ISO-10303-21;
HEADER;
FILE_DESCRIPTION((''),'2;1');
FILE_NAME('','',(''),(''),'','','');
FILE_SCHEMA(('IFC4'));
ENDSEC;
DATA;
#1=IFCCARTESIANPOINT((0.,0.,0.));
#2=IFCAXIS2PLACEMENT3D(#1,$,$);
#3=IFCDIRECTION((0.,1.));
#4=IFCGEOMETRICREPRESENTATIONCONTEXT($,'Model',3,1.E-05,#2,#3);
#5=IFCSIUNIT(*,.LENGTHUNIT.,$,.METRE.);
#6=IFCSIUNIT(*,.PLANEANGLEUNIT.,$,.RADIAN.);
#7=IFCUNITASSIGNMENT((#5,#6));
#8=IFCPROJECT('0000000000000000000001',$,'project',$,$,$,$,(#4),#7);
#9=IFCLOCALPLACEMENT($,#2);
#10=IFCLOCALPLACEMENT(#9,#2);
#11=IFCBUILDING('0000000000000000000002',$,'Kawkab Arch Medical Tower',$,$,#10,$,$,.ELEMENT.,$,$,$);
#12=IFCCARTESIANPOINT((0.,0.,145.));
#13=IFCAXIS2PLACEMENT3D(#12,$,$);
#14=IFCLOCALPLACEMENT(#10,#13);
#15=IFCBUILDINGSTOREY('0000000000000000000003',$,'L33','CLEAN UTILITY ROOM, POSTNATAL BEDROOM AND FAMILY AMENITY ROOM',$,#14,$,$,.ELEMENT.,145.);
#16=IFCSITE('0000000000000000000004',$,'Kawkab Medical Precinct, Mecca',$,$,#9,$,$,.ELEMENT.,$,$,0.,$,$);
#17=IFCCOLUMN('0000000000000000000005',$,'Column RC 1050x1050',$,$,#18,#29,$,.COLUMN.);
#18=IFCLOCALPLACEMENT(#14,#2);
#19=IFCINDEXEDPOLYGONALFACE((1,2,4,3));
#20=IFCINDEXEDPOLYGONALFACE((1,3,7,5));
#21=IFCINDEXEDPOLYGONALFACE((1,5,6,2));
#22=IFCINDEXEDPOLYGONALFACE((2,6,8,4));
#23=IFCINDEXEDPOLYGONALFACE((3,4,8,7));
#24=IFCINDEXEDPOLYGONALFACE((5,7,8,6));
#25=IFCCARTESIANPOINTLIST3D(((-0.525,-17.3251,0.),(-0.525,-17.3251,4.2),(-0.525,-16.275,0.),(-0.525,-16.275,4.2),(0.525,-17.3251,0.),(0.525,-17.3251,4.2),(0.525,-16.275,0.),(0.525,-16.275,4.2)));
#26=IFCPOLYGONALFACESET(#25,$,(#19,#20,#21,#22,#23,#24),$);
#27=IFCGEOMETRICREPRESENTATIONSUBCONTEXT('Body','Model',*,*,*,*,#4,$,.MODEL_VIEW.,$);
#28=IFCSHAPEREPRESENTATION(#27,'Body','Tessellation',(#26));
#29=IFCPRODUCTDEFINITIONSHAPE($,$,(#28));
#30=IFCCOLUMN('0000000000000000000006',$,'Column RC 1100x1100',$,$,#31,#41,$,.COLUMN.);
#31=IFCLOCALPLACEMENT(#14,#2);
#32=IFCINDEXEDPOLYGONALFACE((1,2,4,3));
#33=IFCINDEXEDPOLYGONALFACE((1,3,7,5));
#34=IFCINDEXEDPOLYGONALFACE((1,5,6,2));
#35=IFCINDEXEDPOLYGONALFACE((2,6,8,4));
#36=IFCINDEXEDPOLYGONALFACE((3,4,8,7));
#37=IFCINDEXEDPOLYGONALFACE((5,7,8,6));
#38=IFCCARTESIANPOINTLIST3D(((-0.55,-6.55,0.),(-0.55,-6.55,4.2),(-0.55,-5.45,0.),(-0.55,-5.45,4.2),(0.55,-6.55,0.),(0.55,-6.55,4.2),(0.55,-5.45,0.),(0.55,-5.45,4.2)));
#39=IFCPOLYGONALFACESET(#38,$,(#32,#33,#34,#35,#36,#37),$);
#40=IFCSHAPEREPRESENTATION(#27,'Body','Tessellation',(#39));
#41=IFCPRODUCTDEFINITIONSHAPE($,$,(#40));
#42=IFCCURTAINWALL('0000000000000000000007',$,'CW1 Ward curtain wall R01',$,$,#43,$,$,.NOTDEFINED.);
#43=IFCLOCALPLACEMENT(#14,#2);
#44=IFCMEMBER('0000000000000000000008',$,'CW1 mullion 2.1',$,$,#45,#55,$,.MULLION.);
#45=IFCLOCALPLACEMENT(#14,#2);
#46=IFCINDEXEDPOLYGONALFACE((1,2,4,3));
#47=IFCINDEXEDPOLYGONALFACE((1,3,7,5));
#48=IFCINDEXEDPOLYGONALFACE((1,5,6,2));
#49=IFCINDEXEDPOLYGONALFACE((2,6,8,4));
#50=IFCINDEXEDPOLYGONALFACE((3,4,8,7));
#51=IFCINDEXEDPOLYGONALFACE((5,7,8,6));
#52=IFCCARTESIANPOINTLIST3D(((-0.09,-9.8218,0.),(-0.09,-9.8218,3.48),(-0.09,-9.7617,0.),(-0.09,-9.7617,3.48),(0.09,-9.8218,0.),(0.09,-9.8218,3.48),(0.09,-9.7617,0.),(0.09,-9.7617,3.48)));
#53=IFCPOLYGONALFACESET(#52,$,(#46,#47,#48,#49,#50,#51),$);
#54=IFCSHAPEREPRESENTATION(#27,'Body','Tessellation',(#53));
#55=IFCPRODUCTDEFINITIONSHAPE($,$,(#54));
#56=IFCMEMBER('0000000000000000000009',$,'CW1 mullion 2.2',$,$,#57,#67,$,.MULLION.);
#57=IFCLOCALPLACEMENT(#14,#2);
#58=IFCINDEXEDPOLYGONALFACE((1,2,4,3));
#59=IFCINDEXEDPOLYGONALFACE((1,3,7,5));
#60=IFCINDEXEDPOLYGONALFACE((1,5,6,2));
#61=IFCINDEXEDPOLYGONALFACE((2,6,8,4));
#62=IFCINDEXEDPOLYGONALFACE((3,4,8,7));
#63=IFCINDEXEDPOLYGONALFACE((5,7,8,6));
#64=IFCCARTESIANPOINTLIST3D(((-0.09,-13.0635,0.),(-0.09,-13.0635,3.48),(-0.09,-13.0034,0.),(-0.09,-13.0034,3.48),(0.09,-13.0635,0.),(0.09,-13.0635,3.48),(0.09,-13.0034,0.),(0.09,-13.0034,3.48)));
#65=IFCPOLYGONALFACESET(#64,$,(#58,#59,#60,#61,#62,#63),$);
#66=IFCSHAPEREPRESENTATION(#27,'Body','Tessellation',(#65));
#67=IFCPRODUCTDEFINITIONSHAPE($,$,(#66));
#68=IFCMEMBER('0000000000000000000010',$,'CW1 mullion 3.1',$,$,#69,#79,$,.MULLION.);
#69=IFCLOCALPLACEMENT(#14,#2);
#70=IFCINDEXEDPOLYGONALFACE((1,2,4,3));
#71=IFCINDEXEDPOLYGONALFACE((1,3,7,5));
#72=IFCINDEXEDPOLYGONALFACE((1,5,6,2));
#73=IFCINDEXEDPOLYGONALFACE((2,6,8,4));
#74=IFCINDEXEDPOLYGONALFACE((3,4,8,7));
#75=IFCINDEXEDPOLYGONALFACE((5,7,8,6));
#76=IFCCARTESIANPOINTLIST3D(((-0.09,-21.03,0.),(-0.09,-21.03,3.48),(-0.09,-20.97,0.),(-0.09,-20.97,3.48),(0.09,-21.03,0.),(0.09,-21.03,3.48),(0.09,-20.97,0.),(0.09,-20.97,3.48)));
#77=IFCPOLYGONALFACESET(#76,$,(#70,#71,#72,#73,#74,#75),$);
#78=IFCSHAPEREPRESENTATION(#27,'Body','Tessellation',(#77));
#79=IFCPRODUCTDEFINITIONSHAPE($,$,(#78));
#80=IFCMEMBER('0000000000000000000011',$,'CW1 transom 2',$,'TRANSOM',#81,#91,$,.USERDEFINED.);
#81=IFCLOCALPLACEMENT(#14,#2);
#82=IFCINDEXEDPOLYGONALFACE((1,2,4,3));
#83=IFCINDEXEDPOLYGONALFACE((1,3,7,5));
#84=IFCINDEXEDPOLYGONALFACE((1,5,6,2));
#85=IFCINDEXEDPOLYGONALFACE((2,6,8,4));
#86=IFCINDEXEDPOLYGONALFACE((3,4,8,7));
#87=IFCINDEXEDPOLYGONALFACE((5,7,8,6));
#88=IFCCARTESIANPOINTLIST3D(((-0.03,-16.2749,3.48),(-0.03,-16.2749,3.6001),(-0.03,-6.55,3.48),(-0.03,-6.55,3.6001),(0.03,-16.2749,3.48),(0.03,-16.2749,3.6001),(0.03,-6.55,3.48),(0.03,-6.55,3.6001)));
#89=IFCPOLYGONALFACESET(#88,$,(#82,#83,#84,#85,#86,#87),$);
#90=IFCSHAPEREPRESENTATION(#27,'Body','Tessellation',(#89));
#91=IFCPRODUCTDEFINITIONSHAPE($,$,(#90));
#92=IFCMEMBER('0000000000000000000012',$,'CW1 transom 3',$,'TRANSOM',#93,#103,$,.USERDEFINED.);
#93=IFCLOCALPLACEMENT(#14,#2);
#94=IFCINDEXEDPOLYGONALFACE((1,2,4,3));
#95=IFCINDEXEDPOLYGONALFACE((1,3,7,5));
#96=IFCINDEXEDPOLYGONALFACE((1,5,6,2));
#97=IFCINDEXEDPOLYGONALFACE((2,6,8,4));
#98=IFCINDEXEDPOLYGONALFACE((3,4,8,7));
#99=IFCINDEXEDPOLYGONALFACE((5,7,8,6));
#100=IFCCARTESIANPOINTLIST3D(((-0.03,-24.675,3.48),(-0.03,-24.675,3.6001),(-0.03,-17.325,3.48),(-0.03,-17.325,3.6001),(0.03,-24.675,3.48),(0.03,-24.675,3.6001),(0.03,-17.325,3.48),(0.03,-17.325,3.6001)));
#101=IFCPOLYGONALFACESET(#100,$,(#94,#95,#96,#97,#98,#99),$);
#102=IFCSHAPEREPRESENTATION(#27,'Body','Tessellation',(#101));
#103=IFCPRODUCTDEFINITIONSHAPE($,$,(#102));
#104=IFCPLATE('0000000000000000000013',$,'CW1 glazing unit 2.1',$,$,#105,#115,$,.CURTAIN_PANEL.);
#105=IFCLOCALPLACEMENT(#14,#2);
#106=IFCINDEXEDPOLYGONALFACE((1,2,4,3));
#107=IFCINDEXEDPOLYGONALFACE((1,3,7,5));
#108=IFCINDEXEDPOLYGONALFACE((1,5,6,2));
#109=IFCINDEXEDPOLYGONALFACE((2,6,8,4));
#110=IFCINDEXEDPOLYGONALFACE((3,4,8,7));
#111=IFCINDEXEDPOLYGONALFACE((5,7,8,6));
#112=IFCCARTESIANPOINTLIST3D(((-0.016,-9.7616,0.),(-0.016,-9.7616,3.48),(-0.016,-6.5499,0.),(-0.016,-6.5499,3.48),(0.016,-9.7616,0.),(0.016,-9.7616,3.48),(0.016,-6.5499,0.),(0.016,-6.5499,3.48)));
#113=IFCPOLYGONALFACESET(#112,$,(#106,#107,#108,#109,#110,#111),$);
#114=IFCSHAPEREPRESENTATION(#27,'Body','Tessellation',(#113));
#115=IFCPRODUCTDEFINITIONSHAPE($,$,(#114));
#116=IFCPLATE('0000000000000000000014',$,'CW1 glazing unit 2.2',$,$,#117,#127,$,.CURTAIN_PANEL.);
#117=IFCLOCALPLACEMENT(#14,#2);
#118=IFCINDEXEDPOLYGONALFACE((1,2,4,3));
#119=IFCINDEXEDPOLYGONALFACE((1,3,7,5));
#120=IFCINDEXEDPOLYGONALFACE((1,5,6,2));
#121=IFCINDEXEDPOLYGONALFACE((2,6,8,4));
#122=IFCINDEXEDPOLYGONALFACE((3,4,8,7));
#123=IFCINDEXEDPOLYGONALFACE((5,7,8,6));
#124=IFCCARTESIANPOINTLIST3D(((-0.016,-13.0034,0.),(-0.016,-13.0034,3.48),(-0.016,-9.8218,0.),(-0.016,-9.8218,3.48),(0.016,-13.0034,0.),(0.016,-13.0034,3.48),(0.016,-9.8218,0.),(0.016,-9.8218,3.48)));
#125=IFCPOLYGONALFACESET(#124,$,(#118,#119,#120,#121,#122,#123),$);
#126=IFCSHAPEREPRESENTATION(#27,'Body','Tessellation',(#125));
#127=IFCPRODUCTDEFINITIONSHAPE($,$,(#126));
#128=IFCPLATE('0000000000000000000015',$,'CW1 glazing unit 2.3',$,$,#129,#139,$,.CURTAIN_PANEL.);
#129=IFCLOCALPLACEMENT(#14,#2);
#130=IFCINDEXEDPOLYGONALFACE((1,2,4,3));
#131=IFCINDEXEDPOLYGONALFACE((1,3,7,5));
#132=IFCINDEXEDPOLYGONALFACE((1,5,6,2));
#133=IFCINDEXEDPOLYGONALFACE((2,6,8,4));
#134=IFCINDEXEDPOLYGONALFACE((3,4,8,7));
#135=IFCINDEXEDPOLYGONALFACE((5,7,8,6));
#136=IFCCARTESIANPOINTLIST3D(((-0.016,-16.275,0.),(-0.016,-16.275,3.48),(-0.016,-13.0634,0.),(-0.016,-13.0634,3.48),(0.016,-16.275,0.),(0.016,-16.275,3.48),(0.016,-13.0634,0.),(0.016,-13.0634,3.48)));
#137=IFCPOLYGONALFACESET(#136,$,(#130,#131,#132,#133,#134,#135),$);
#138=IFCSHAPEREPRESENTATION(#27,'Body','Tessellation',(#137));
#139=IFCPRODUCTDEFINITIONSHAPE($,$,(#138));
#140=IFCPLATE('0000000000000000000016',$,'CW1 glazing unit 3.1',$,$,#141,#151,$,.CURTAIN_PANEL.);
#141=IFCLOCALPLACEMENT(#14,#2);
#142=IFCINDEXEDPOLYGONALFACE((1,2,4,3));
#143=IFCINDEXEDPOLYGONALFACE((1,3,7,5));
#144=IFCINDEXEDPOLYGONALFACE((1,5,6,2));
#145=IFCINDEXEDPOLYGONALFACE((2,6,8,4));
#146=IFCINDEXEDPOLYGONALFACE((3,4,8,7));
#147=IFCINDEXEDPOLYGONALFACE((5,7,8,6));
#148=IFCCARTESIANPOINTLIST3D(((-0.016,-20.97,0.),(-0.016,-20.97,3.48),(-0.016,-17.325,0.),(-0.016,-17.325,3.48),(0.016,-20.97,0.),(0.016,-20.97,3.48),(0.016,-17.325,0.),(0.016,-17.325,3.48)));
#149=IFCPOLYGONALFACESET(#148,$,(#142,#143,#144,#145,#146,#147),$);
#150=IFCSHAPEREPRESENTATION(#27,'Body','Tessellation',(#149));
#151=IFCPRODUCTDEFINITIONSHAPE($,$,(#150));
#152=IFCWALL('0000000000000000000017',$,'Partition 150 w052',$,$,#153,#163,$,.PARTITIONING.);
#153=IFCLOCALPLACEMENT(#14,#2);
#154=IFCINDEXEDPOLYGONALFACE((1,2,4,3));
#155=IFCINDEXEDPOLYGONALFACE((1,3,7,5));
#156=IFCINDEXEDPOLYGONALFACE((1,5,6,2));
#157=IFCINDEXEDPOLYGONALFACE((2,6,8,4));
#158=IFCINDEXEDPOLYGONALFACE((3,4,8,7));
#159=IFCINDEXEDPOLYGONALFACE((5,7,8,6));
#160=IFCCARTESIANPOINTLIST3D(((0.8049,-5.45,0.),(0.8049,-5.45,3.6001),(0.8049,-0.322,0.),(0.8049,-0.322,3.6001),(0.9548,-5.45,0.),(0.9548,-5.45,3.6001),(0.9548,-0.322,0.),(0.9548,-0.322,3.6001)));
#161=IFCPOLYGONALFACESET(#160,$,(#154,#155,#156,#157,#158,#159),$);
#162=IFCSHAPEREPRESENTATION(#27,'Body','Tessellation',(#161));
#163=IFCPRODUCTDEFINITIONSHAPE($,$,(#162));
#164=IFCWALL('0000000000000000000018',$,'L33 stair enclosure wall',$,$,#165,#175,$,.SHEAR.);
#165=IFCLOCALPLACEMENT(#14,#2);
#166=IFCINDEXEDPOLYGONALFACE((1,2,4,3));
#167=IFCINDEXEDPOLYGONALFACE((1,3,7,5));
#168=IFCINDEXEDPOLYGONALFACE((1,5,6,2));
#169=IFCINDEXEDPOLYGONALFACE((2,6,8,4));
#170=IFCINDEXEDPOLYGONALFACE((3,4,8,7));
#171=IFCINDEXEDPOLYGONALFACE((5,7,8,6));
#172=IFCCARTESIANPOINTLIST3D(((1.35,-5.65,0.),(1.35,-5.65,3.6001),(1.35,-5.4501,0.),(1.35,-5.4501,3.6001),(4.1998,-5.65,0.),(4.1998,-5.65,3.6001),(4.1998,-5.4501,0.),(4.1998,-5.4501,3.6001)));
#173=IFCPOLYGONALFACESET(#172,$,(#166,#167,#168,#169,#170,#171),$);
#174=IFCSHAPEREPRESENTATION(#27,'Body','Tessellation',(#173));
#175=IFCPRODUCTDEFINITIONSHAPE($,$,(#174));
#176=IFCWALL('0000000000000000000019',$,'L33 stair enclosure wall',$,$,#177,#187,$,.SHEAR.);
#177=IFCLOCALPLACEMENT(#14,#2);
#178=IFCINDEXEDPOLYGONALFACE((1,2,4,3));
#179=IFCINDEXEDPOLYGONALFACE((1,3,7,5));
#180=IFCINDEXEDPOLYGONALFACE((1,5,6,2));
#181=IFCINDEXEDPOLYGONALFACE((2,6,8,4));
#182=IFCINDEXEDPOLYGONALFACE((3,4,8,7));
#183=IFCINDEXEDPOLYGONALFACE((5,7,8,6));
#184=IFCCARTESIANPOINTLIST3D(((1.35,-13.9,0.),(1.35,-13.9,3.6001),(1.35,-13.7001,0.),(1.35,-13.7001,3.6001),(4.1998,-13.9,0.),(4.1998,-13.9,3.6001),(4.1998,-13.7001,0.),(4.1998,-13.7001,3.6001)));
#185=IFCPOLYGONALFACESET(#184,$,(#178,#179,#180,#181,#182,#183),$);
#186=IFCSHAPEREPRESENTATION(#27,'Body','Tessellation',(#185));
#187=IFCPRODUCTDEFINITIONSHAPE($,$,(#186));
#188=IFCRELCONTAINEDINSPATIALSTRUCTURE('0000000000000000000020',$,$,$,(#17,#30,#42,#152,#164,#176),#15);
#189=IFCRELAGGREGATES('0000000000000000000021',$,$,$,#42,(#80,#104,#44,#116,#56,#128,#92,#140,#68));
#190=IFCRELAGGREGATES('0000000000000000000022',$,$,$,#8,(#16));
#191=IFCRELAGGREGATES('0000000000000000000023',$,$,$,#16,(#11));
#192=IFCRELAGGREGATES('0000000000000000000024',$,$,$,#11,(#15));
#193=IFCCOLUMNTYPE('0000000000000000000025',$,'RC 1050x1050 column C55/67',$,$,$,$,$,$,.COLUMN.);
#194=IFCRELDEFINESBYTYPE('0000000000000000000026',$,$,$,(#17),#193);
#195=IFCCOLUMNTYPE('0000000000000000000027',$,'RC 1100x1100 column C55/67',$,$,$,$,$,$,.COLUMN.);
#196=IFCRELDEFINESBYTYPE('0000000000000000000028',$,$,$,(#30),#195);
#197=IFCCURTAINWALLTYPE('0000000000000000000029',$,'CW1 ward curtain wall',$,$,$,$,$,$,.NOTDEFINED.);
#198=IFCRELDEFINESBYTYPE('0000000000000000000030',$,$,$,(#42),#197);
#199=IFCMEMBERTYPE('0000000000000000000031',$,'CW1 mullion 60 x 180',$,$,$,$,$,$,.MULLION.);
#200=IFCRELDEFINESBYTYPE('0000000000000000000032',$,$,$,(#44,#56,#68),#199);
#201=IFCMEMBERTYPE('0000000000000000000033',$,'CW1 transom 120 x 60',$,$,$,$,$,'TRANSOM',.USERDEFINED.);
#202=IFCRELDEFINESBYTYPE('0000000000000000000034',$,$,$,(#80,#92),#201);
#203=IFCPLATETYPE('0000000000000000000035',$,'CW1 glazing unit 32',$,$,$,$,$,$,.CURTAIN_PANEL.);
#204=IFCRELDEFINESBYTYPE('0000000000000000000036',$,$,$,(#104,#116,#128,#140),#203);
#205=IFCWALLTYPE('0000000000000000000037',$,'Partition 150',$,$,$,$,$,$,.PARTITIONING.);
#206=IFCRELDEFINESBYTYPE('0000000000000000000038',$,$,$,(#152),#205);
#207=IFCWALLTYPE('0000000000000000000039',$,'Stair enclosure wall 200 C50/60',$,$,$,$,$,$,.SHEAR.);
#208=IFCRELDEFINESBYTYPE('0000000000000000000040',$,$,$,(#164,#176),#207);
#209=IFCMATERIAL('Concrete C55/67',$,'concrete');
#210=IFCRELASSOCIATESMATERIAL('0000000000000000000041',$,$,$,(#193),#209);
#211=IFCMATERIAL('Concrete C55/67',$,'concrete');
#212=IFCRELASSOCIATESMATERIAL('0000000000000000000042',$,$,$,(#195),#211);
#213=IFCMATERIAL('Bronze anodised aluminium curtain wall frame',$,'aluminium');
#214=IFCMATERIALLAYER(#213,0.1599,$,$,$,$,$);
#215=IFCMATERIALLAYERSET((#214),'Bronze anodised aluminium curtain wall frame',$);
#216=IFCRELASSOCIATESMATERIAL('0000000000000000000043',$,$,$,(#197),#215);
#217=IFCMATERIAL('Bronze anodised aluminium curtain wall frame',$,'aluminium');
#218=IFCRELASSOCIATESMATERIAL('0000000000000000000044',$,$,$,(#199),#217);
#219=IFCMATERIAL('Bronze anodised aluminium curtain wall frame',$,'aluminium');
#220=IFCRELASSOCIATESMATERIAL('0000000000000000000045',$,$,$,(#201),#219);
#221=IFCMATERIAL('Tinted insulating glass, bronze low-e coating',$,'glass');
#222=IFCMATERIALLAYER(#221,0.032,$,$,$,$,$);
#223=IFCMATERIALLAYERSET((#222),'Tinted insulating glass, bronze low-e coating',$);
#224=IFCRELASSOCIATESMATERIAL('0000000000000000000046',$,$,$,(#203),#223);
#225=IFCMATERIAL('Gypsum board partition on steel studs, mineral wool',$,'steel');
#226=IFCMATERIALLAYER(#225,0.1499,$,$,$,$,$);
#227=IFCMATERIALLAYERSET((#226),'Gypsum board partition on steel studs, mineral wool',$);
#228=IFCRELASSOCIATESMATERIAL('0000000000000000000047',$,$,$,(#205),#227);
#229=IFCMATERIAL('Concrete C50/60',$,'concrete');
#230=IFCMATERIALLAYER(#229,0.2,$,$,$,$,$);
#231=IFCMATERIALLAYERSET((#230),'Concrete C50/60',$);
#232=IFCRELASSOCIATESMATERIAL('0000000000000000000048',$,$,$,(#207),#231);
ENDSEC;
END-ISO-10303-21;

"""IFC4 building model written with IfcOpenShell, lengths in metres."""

from ifc_helpers import new_model, si_unit, direction, frame, frame_2d, origin, origin_2d, place, context, subcontext, project, spatial, rectangle, extrude, material, layer, layer_set, material_profile, profile_set, type_object, element, aggregate, save


model = new_model("IFC4")

# Units and contexts
model_context = context("Model", 3, precision=1e-05, world=origin(), true_north=direction((0.0, 1.0)))
body_context = subcontext(model_context, "Body", "Model", "MODEL_VIEW")
ifc_project = project(units=[si_unit("LENGTHUNIT", "METRE"), si_unit("PLANEANGLEUNIT", "RADIAN")], contexts=[model_context])

# Site, building, storey
site_placement = place(None, origin())
site = spatial("IfcSite", under=ifc_project, at=site_placement, Name="Kawkab Medical Precinct, Mecca", CompositionType="ELEMENT", RefElevation=0.0)
building_placement = place(site_placement, origin())
building = spatial("IfcBuilding", under=site, at=building_placement, Name="Kawkab Arch Medical Tower", CompositionType="ELEMENT")
storey_placement = place(building_placement, frame((0.0, 0.0, 145.0)))
storey = spatial("IfcBuildingStorey", under=building, at=storey_placement, Name="L33", Description="CLEAN UTILITY ROOM, POSTNATAL BEDROOM AND FAMILY AMENITY ROOM", CompositionType="ELEMENT", Elevation=145.0)

# Columns
ifc_material_1 = material(Name="Concrete C55/67", Category="concrete")
ifc_material_profile_1 = material_profile(ifc_material_1, rectangle(XDim=1.05, YDim=1.05, at=origin_2d()), Name="RC 1050x1050")
ifc_profile_set_1 = profile_set([ifc_material_profile_1], Name="Concrete C55/67")
column_type_1 = type_object("IfcColumnType", Name="RC 1050x1050 column C55/67", PredefinedType="COLUMN", material=ifc_profile_set_1)
column_1_placement = place(storey_placement, frame((0.0, -16.8, 0.0), z_axis=(0.0, 0.0, 1.0), x_axis=(1.0, 0.0, 0.0)))
element("IfcColumn", 1, at=column_1_placement, inside=storey, type_object=column_type_1, Name="Column RC 1050x1050", PredefinedType="COLUMN", context=body_context, shape_type="SweptSolid", body=[
    extrude(rectangle(XDim=1.05, YDim=1.05, at=origin_2d()), origin(), (0.0, 0.0, 1.0), 4.2),
])
ifc_material_2 = material(Name="Concrete C55/67", Category="concrete")
ifc_material_profile_2 = material_profile(ifc_material_2, rectangle(XDim=1.1001, YDim=1.1001, at=origin_2d()), Name="RC 1100x1100")
ifc_profile_set_2 = profile_set([ifc_material_profile_2], Name="Concrete C55/67")
column_type_2 = type_object("IfcColumnType", Name="RC 1100x1100 column C55/67", PredefinedType="COLUMN", material=ifc_profile_set_2)
column_2_placement = place(storey_placement, frame((0.0, -6.0, 0.0), z_axis=(0.0, 0.0, 1.0), x_axis=(1.0, 0.0, 0.0)))
element("IfcColumn", 2, at=column_2_placement, inside=storey, type_object=column_type_2, Name="Column RC 1100x1100", PredefinedType="COLUMN", context=body_context, shape_type="SweptSolid", body=[
    extrude(rectangle(XDim=1.1001, YDim=1.1001, at=origin_2d()), origin(), (0.0, 0.0, 1.0), 4.2),
])

# Curtain wall, members, plates
ifc_material_3 = material(Name="Bronze anodised aluminium curtain wall frame", Category="aluminium")
ifc_layer_1 = layer(ifc_material_3, 0.1599)
ifc_layer_set_1 = layer_set([ifc_layer_1], Name="Bronze anodised aluminium curtain wall frame")
curtain_wall_type = type_object("IfcCurtainWallType", Name="CW1 ward curtain wall", PredefinedType="NOTDEFINED", material=ifc_layer_set_1)
placement = place(storey_placement, origin())
curtain_wall = element("IfcCurtainWall", 3, at=placement, inside=storey, type_object=curtain_wall_type, Name="CW1 Ward curtain wall R01", PredefinedType="NOTDEFINED")
ifc_material_4 = material(Name="Bronze anodised aluminium curtain wall frame", Category="aluminium")
ifc_material_profile_3 = material_profile(ifc_material_4, rectangle(XDim=0.1799, YDim=0.0601, at=origin_2d()), Name="AL 60x180")
ifc_profile_set_3 = profile_set([ifc_material_profile_3], Name="Bronze anodised aluminium curtain wall frame")
member_type_1 = type_object("IfcMemberType", Name="CW1 mullion 60 x 180", PredefinedType="MULLION", material=ifc_profile_set_3)
member_1_placement = place(storey_placement, frame((0.0, -9.7917, 0.0), z_axis=(0.0, 0.0, 1.0), x_axis=(1.0, 0.0, 0.0)))
member_1 = element("IfcMember", 4, at=member_1_placement, type_object=member_type_1, Name="CW1 mullion 2.1", PredefinedType="MULLION", context=body_context, shape_type="SweptSolid", body=[
    extrude(rectangle(XDim=0.1799, YDim=0.0601, at=origin_2d()), origin(), (0.0, 0.0, 1.0), 3.48),
])
member_2_placement = place(storey_placement, frame((0.0, -13.0334, 0.0), z_axis=(0.0, 0.0, 1.0), x_axis=(1.0, 0.0, 0.0)))
member_2 = element("IfcMember", 5, at=member_2_placement, type_object=member_type_1, Name="CW1 mullion 2.2", PredefinedType="MULLION", context=body_context, shape_type="SweptSolid", body=[
    extrude(rectangle(XDim=0.1799, YDim=0.0601, at=origin_2d()), origin(), (0.0, 0.0, 1.0), 3.48),
])
member_3_placement = place(storey_placement, frame((0.0, -21.0, 0.0), z_axis=(0.0, 0.0, 1.0), x_axis=(1.0, 0.0, 0.0)))
member_3 = element("IfcMember", 6, at=member_3_placement, type_object=member_type_1, Name="CW1 mullion 3.1", PredefinedType="MULLION", context=body_context, shape_type="SweptSolid", body=[
    extrude(rectangle(XDim=0.1799, YDim=0.0601, at=origin_2d()), origin(), (0.0, 0.0, 1.0), 3.48),
])
ifc_material_5 = material(Name="Bronze anodised aluminium curtain wall frame", Category="aluminium")
ifc_material_profile_4 = material_profile(ifc_material_5, rectangle(XDim=0.0601, YDim=0.1201, at=origin_2d()), Name="AL 60x120")
ifc_profile_set_4 = profile_set([ifc_material_profile_4], Name="Bronze anodised aluminium curtain wall frame")
member_type_2 = type_object("IfcMemberType", Name="CW1 transom 120 x 60", ElementType="TRANSOM", PredefinedType="USERDEFINED", material=ifc_profile_set_4)
member_4_placement = place(storey_placement, frame((0.0, -6.55, 3.54), z_axis=(0.0, -1.0, 0.0), x_axis=(1.0, 0.0, 0.0)))
member_4 = element("IfcMember", 7, at=member_4_placement, type_object=member_type_2, Name="CW1 transom 2", ObjectType="TRANSOM", PredefinedType="USERDEFINED", context=body_context, shape_type="SweptSolid", body=[
    extrude(rectangle(XDim=0.0601, YDim=0.1201, at=origin_2d()), origin(), (0.0, 0.0, 1.0), 9.7249),
])
member_5_placement = place(storey_placement, frame((0.0, -17.325, 3.54), z_axis=(0.0, -1.0, 0.0), x_axis=(1.0, 0.0, 0.0)))
member_5 = element("IfcMember", 8, at=member_5_placement, type_object=member_type_2, Name="CW1 transom 3", ObjectType="TRANSOM", PredefinedType="USERDEFINED", context=body_context, shape_type="SweptSolid", body=[
    extrude(rectangle(XDim=0.0601, YDim=0.1201, at=origin_2d()), origin(), (0.0, 0.0, 1.0), 7.3501),
])
ifc_material_6 = material(Name="Tinted insulating glass, bronze low-e coating", Category="glass")
ifc_layer_2 = layer(ifc_material_6, 0.032)
ifc_layer_set_2 = layer_set([ifc_layer_2], Name="Tinted insulating glass, bronze low-e coating")
plate_type = type_object("IfcPlateType", Name="CW1 glazing unit 32", PredefinedType="CURTAIN_PANEL", material=ifc_layer_set_2)
plate_1_placement = place(storey_placement, frame((0.0, -8.1558, 0.0), z_axis=(0.0, 0.0, 1.0), x_axis=(0.0, -1.0, 0.0)))
plate_1 = element("IfcPlate", 9, at=plate_1_placement, type_object=plate_type, Name="CW1 glazing unit 2.1", PredefinedType="CURTAIN_PANEL", context=body_context, shape_type="SweptSolid", body=[
    extrude(rectangle(XDim=3.2117, YDim=0.032, at=origin_2d()), origin(), (0.0, 0.0, 1.0), 3.48),
])
plate_2_placement = place(storey_placement, frame((0.0, -11.4126, 0.0), z_axis=(0.0, 0.0, 1.0), x_axis=(0.0, -1.0, 0.0)))
plate_2 = element("IfcPlate", 10, at=plate_2_placement, type_object=plate_type, Name="CW1 glazing unit 2.2", PredefinedType="CURTAIN_PANEL", context=body_context, shape_type="SweptSolid", body=[
    extrude(rectangle(XDim=3.1816, YDim=0.032, at=origin_2d()), origin(), (0.0, 0.0, 1.0), 3.48),
])
plate_3_placement = place(storey_placement, frame((0.0, -14.6692, 0.0), z_axis=(0.0, 0.0, 1.0), x_axis=(0.0, -1.0, 0.0)))
plate_3 = element("IfcPlate", 11, at=plate_3_placement, type_object=plate_type, Name="CW1 glazing unit 2.3", PredefinedType="CURTAIN_PANEL", context=body_context, shape_type="SweptSolid", body=[
    extrude(rectangle(XDim=3.2117, YDim=0.032, at=origin_2d()), origin(), (0.0, 0.0, 1.0), 3.48),
])
plate_4_placement = place(storey_placement, frame((0.0, -19.1475, 0.0), z_axis=(0.0, 0.0, 1.0), x_axis=(0.0, -1.0, 0.0)))
plate_4 = element("IfcPlate", 12, at=plate_4_placement, type_object=plate_type, Name="CW1 glazing unit 3.1", PredefinedType="CURTAIN_PANEL", context=body_context, shape_type="SweptSolid", body=[
    extrude(rectangle(XDim=3.645, YDim=0.032, at=origin_2d()), origin(), (0.0, 0.0, 1.0), 3.48),
])
aggregate(curtain_wall, [member_4, plate_1, member_1, plate_2, member_2, plate_3, member_5, plate_4, member_3])

# Walls
ifc_material_7 = material(Name="Gypsum board partition on steel studs, mineral wool", Category="steel")
ifc_layer_3 = layer(ifc_material_7, 0.1499)
ifc_layer_set_3 = layer_set([ifc_layer_3], Name="Gypsum board partition on steel studs, mineral wool")
wall_type_1 = type_object("IfcWallType", Name="Partition 150", PredefinedType="PARTITIONING", material=ifc_layer_set_3)
wall_1_placement = place(storey_placement, frame((0.8799, -5.45, 0.0), z_axis=(0.0, 0.0, 1.0), x_axis=(0.0, 1.0, 0.0)))
element("IfcWall", 13, at=wall_1_placement, inside=storey, type_object=wall_type_1, Name="Partition 150 w052", PredefinedType="PARTITIONING", context=body_context, shape_type="SweptSolid", body=[
    extrude(rectangle(XDim=5.1279, YDim=0.1499, at=frame_2d((2.564, 0.0))), origin(), (0.0, 0.0, 1.0), 3.6001),
])
ifc_material_8 = material(Name="Concrete C50/60", Category="concrete")
ifc_layer_4 = layer(ifc_material_8, 0.2)
ifc_layer_set_4 = layer_set([ifc_layer_4], Name="Concrete C50/60")
wall_type_2 = type_object("IfcWallType", Name="Stair enclosure wall 200 C50/60", PredefinedType="SHEAR", material=ifc_layer_set_4)
for number, where, z_axis, x_axis, name in (
    (14, (1.3501, -5.55, 0.0), (0.0, 0.0, 1.0), (1.0, 0.0, 0.0), "L33 stair enclosure wall"),
    (15, (1.3501, -13.8, 0.0), (0.0, 0.0, 1.0), (1.0, 0.0, 0.0), "L33 stair enclosure wall"),
):
    element("IfcWall", number, at=place(storey_placement, frame(where, z_axis=z_axis, x_axis=x_axis)), inside=storey, type_object=wall_type_2, Name=name, PredefinedType="SHEAR", context=body_context, shape_type="SweptSolid", body=[
        extrude(rectangle(XDim=2.8499, YDim=0.2, at=frame_2d((1.4248, 0.0))), origin(), (0.0, 0.0, 1.0), 3.6001),
    ])

save(model, "model.ifc")
